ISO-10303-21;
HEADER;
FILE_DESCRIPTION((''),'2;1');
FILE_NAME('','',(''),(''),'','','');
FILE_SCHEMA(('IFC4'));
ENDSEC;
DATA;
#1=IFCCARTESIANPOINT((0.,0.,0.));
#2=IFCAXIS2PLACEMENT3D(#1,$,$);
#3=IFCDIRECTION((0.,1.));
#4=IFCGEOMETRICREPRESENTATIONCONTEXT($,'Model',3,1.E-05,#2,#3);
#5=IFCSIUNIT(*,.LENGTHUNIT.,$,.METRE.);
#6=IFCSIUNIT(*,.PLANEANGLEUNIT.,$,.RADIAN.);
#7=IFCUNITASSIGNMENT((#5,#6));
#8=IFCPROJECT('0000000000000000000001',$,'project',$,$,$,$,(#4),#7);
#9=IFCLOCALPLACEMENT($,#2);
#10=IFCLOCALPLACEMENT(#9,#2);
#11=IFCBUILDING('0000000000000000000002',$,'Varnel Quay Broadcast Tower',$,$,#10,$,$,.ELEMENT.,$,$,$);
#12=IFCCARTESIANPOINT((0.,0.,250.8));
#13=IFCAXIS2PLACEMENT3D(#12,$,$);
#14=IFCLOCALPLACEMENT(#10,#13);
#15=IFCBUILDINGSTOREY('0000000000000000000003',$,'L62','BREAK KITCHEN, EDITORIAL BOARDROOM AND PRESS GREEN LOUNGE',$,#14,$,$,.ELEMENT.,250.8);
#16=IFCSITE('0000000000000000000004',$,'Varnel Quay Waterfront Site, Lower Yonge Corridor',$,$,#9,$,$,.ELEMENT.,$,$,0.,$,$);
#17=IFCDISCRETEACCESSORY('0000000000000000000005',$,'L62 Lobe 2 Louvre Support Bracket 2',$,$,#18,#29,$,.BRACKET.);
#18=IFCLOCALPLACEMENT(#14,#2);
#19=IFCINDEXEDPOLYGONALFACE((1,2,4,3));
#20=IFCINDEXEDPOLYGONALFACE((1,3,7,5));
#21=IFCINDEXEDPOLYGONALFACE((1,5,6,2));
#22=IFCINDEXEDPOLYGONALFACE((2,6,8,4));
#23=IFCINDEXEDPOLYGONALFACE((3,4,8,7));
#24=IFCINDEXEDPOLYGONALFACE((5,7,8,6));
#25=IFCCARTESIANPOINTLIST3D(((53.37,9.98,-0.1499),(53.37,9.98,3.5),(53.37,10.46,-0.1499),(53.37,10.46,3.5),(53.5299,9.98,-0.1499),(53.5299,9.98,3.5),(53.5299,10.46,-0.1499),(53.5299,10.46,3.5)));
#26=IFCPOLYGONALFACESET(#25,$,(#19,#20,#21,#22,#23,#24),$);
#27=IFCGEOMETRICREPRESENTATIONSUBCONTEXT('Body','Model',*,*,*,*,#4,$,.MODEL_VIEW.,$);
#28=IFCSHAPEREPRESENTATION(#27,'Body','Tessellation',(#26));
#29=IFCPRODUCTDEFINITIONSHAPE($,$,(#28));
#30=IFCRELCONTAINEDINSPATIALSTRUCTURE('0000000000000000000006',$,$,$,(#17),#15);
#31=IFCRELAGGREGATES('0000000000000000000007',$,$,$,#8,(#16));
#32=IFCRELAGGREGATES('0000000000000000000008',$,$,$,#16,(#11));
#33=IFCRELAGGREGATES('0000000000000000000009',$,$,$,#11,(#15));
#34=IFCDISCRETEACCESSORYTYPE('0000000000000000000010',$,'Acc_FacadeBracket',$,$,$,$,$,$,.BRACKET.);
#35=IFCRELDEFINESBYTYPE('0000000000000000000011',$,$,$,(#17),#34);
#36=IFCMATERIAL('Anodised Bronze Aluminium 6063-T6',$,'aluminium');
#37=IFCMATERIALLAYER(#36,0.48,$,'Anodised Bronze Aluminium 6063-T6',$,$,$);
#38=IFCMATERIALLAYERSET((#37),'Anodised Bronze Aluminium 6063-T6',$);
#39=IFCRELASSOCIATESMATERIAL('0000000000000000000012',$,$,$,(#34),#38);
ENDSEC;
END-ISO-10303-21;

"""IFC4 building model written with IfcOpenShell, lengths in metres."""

from ifc_helpers import new_model, si_unit, direction, frame, origin, origin_2d, place, context, subcontext, project, spatial, rectangle, extrude, source, transform, mapped, material, layer, layer_set, type_object, type_shapes, element, save


model = new_model("IFC4")

# Units and contexts
model_context = context("Model", 3, precision=1e-05, world=origin(), true_north=direction((0.0, 1.0)))
body_context = subcontext(model_context, "Body", "Model", "MODEL_VIEW")
ifc_project = project(units=[si_unit("LENGTHUNIT", "METRE"), si_unit("PLANEANGLEUNIT", "RADIAN")], contexts=[model_context])

# Site, building, storey
site_placement = place(None, origin())
site = spatial("IfcSite", under=ifc_project, at=site_placement, Name="Varnel Quay Waterfront Site, Lower Yonge Corridor", CompositionType="ELEMENT", RefElevation=0.0)
building_placement = place(site_placement, origin())
building = spatial("IfcBuilding", under=site, at=building_placement, Name="Varnel Quay Broadcast Tower", CompositionType="ELEMENT")
storey_placement = place(building_placement, frame((0.0, 0.0, 250.8)))
storey = spatial("IfcBuildingStorey", under=building, at=storey_placement, Name="L62", Description="BREAK KITCHEN, EDITORIAL BOARDROOM AND PRESS GREEN LOUNGE", CompositionType="ELEMENT", Elevation=250.8)

# Shared definitions
ifc_material_1 = material(Name="Anodised Bronze Aluminium 6063-T6", Category="aluminium")

# Discrete accessory
ifc_layer_1 = layer(ifc_material_1, 0.48, Name="Anodised Bronze Aluminium 6063-T6")
ifc_layer_set_1 = layer_set([ifc_layer_1], Name="Anodised Bronze Aluminium 6063-T6")
discrete_accessory_type = type_object("IfcDiscreteAccessoryType", Name="Acc_FacadeBracket", PredefinedType="BRACKET", material=ifc_layer_set_1)
shared_shape_1 = source(origin(), body_context, "Body", "SweptSolid", [
    extrude(rectangle(XDim=0.1599, YDim=0.48, at=origin_2d()), origin(), (0.0, 0.0, 1.0), 3.6499),
])
type_shapes(discrete_accessory_type, [shared_shape_1])
discrete_accessory_placement = place(storey_placement, frame((53.45, 10.22, -0.1499), z_axis=(0.0, 0.0, 1.0), x_axis=(1.0, 0.0, 0.0)))
element("IfcDiscreteAccessory", 1, at=discrete_accessory_placement, inside=storey, type_object=discrete_accessory_type, Name="L62 Lobe 2 Louvre Support Bracket 2", PredefinedType="BRACKET", context=body_context, shape_type="MappedRepresentation", body=[
    mapped(shared_shape_1, transform((0.0, 0.0, 0.0), x_axis=(1.0, 0.0, 0.0), y_axis=(0.0, 1.0, 0.0), z_axis=(0.0, 0.0, 1.0), scale=1.0)),
])

save(model, "model.ifc")
